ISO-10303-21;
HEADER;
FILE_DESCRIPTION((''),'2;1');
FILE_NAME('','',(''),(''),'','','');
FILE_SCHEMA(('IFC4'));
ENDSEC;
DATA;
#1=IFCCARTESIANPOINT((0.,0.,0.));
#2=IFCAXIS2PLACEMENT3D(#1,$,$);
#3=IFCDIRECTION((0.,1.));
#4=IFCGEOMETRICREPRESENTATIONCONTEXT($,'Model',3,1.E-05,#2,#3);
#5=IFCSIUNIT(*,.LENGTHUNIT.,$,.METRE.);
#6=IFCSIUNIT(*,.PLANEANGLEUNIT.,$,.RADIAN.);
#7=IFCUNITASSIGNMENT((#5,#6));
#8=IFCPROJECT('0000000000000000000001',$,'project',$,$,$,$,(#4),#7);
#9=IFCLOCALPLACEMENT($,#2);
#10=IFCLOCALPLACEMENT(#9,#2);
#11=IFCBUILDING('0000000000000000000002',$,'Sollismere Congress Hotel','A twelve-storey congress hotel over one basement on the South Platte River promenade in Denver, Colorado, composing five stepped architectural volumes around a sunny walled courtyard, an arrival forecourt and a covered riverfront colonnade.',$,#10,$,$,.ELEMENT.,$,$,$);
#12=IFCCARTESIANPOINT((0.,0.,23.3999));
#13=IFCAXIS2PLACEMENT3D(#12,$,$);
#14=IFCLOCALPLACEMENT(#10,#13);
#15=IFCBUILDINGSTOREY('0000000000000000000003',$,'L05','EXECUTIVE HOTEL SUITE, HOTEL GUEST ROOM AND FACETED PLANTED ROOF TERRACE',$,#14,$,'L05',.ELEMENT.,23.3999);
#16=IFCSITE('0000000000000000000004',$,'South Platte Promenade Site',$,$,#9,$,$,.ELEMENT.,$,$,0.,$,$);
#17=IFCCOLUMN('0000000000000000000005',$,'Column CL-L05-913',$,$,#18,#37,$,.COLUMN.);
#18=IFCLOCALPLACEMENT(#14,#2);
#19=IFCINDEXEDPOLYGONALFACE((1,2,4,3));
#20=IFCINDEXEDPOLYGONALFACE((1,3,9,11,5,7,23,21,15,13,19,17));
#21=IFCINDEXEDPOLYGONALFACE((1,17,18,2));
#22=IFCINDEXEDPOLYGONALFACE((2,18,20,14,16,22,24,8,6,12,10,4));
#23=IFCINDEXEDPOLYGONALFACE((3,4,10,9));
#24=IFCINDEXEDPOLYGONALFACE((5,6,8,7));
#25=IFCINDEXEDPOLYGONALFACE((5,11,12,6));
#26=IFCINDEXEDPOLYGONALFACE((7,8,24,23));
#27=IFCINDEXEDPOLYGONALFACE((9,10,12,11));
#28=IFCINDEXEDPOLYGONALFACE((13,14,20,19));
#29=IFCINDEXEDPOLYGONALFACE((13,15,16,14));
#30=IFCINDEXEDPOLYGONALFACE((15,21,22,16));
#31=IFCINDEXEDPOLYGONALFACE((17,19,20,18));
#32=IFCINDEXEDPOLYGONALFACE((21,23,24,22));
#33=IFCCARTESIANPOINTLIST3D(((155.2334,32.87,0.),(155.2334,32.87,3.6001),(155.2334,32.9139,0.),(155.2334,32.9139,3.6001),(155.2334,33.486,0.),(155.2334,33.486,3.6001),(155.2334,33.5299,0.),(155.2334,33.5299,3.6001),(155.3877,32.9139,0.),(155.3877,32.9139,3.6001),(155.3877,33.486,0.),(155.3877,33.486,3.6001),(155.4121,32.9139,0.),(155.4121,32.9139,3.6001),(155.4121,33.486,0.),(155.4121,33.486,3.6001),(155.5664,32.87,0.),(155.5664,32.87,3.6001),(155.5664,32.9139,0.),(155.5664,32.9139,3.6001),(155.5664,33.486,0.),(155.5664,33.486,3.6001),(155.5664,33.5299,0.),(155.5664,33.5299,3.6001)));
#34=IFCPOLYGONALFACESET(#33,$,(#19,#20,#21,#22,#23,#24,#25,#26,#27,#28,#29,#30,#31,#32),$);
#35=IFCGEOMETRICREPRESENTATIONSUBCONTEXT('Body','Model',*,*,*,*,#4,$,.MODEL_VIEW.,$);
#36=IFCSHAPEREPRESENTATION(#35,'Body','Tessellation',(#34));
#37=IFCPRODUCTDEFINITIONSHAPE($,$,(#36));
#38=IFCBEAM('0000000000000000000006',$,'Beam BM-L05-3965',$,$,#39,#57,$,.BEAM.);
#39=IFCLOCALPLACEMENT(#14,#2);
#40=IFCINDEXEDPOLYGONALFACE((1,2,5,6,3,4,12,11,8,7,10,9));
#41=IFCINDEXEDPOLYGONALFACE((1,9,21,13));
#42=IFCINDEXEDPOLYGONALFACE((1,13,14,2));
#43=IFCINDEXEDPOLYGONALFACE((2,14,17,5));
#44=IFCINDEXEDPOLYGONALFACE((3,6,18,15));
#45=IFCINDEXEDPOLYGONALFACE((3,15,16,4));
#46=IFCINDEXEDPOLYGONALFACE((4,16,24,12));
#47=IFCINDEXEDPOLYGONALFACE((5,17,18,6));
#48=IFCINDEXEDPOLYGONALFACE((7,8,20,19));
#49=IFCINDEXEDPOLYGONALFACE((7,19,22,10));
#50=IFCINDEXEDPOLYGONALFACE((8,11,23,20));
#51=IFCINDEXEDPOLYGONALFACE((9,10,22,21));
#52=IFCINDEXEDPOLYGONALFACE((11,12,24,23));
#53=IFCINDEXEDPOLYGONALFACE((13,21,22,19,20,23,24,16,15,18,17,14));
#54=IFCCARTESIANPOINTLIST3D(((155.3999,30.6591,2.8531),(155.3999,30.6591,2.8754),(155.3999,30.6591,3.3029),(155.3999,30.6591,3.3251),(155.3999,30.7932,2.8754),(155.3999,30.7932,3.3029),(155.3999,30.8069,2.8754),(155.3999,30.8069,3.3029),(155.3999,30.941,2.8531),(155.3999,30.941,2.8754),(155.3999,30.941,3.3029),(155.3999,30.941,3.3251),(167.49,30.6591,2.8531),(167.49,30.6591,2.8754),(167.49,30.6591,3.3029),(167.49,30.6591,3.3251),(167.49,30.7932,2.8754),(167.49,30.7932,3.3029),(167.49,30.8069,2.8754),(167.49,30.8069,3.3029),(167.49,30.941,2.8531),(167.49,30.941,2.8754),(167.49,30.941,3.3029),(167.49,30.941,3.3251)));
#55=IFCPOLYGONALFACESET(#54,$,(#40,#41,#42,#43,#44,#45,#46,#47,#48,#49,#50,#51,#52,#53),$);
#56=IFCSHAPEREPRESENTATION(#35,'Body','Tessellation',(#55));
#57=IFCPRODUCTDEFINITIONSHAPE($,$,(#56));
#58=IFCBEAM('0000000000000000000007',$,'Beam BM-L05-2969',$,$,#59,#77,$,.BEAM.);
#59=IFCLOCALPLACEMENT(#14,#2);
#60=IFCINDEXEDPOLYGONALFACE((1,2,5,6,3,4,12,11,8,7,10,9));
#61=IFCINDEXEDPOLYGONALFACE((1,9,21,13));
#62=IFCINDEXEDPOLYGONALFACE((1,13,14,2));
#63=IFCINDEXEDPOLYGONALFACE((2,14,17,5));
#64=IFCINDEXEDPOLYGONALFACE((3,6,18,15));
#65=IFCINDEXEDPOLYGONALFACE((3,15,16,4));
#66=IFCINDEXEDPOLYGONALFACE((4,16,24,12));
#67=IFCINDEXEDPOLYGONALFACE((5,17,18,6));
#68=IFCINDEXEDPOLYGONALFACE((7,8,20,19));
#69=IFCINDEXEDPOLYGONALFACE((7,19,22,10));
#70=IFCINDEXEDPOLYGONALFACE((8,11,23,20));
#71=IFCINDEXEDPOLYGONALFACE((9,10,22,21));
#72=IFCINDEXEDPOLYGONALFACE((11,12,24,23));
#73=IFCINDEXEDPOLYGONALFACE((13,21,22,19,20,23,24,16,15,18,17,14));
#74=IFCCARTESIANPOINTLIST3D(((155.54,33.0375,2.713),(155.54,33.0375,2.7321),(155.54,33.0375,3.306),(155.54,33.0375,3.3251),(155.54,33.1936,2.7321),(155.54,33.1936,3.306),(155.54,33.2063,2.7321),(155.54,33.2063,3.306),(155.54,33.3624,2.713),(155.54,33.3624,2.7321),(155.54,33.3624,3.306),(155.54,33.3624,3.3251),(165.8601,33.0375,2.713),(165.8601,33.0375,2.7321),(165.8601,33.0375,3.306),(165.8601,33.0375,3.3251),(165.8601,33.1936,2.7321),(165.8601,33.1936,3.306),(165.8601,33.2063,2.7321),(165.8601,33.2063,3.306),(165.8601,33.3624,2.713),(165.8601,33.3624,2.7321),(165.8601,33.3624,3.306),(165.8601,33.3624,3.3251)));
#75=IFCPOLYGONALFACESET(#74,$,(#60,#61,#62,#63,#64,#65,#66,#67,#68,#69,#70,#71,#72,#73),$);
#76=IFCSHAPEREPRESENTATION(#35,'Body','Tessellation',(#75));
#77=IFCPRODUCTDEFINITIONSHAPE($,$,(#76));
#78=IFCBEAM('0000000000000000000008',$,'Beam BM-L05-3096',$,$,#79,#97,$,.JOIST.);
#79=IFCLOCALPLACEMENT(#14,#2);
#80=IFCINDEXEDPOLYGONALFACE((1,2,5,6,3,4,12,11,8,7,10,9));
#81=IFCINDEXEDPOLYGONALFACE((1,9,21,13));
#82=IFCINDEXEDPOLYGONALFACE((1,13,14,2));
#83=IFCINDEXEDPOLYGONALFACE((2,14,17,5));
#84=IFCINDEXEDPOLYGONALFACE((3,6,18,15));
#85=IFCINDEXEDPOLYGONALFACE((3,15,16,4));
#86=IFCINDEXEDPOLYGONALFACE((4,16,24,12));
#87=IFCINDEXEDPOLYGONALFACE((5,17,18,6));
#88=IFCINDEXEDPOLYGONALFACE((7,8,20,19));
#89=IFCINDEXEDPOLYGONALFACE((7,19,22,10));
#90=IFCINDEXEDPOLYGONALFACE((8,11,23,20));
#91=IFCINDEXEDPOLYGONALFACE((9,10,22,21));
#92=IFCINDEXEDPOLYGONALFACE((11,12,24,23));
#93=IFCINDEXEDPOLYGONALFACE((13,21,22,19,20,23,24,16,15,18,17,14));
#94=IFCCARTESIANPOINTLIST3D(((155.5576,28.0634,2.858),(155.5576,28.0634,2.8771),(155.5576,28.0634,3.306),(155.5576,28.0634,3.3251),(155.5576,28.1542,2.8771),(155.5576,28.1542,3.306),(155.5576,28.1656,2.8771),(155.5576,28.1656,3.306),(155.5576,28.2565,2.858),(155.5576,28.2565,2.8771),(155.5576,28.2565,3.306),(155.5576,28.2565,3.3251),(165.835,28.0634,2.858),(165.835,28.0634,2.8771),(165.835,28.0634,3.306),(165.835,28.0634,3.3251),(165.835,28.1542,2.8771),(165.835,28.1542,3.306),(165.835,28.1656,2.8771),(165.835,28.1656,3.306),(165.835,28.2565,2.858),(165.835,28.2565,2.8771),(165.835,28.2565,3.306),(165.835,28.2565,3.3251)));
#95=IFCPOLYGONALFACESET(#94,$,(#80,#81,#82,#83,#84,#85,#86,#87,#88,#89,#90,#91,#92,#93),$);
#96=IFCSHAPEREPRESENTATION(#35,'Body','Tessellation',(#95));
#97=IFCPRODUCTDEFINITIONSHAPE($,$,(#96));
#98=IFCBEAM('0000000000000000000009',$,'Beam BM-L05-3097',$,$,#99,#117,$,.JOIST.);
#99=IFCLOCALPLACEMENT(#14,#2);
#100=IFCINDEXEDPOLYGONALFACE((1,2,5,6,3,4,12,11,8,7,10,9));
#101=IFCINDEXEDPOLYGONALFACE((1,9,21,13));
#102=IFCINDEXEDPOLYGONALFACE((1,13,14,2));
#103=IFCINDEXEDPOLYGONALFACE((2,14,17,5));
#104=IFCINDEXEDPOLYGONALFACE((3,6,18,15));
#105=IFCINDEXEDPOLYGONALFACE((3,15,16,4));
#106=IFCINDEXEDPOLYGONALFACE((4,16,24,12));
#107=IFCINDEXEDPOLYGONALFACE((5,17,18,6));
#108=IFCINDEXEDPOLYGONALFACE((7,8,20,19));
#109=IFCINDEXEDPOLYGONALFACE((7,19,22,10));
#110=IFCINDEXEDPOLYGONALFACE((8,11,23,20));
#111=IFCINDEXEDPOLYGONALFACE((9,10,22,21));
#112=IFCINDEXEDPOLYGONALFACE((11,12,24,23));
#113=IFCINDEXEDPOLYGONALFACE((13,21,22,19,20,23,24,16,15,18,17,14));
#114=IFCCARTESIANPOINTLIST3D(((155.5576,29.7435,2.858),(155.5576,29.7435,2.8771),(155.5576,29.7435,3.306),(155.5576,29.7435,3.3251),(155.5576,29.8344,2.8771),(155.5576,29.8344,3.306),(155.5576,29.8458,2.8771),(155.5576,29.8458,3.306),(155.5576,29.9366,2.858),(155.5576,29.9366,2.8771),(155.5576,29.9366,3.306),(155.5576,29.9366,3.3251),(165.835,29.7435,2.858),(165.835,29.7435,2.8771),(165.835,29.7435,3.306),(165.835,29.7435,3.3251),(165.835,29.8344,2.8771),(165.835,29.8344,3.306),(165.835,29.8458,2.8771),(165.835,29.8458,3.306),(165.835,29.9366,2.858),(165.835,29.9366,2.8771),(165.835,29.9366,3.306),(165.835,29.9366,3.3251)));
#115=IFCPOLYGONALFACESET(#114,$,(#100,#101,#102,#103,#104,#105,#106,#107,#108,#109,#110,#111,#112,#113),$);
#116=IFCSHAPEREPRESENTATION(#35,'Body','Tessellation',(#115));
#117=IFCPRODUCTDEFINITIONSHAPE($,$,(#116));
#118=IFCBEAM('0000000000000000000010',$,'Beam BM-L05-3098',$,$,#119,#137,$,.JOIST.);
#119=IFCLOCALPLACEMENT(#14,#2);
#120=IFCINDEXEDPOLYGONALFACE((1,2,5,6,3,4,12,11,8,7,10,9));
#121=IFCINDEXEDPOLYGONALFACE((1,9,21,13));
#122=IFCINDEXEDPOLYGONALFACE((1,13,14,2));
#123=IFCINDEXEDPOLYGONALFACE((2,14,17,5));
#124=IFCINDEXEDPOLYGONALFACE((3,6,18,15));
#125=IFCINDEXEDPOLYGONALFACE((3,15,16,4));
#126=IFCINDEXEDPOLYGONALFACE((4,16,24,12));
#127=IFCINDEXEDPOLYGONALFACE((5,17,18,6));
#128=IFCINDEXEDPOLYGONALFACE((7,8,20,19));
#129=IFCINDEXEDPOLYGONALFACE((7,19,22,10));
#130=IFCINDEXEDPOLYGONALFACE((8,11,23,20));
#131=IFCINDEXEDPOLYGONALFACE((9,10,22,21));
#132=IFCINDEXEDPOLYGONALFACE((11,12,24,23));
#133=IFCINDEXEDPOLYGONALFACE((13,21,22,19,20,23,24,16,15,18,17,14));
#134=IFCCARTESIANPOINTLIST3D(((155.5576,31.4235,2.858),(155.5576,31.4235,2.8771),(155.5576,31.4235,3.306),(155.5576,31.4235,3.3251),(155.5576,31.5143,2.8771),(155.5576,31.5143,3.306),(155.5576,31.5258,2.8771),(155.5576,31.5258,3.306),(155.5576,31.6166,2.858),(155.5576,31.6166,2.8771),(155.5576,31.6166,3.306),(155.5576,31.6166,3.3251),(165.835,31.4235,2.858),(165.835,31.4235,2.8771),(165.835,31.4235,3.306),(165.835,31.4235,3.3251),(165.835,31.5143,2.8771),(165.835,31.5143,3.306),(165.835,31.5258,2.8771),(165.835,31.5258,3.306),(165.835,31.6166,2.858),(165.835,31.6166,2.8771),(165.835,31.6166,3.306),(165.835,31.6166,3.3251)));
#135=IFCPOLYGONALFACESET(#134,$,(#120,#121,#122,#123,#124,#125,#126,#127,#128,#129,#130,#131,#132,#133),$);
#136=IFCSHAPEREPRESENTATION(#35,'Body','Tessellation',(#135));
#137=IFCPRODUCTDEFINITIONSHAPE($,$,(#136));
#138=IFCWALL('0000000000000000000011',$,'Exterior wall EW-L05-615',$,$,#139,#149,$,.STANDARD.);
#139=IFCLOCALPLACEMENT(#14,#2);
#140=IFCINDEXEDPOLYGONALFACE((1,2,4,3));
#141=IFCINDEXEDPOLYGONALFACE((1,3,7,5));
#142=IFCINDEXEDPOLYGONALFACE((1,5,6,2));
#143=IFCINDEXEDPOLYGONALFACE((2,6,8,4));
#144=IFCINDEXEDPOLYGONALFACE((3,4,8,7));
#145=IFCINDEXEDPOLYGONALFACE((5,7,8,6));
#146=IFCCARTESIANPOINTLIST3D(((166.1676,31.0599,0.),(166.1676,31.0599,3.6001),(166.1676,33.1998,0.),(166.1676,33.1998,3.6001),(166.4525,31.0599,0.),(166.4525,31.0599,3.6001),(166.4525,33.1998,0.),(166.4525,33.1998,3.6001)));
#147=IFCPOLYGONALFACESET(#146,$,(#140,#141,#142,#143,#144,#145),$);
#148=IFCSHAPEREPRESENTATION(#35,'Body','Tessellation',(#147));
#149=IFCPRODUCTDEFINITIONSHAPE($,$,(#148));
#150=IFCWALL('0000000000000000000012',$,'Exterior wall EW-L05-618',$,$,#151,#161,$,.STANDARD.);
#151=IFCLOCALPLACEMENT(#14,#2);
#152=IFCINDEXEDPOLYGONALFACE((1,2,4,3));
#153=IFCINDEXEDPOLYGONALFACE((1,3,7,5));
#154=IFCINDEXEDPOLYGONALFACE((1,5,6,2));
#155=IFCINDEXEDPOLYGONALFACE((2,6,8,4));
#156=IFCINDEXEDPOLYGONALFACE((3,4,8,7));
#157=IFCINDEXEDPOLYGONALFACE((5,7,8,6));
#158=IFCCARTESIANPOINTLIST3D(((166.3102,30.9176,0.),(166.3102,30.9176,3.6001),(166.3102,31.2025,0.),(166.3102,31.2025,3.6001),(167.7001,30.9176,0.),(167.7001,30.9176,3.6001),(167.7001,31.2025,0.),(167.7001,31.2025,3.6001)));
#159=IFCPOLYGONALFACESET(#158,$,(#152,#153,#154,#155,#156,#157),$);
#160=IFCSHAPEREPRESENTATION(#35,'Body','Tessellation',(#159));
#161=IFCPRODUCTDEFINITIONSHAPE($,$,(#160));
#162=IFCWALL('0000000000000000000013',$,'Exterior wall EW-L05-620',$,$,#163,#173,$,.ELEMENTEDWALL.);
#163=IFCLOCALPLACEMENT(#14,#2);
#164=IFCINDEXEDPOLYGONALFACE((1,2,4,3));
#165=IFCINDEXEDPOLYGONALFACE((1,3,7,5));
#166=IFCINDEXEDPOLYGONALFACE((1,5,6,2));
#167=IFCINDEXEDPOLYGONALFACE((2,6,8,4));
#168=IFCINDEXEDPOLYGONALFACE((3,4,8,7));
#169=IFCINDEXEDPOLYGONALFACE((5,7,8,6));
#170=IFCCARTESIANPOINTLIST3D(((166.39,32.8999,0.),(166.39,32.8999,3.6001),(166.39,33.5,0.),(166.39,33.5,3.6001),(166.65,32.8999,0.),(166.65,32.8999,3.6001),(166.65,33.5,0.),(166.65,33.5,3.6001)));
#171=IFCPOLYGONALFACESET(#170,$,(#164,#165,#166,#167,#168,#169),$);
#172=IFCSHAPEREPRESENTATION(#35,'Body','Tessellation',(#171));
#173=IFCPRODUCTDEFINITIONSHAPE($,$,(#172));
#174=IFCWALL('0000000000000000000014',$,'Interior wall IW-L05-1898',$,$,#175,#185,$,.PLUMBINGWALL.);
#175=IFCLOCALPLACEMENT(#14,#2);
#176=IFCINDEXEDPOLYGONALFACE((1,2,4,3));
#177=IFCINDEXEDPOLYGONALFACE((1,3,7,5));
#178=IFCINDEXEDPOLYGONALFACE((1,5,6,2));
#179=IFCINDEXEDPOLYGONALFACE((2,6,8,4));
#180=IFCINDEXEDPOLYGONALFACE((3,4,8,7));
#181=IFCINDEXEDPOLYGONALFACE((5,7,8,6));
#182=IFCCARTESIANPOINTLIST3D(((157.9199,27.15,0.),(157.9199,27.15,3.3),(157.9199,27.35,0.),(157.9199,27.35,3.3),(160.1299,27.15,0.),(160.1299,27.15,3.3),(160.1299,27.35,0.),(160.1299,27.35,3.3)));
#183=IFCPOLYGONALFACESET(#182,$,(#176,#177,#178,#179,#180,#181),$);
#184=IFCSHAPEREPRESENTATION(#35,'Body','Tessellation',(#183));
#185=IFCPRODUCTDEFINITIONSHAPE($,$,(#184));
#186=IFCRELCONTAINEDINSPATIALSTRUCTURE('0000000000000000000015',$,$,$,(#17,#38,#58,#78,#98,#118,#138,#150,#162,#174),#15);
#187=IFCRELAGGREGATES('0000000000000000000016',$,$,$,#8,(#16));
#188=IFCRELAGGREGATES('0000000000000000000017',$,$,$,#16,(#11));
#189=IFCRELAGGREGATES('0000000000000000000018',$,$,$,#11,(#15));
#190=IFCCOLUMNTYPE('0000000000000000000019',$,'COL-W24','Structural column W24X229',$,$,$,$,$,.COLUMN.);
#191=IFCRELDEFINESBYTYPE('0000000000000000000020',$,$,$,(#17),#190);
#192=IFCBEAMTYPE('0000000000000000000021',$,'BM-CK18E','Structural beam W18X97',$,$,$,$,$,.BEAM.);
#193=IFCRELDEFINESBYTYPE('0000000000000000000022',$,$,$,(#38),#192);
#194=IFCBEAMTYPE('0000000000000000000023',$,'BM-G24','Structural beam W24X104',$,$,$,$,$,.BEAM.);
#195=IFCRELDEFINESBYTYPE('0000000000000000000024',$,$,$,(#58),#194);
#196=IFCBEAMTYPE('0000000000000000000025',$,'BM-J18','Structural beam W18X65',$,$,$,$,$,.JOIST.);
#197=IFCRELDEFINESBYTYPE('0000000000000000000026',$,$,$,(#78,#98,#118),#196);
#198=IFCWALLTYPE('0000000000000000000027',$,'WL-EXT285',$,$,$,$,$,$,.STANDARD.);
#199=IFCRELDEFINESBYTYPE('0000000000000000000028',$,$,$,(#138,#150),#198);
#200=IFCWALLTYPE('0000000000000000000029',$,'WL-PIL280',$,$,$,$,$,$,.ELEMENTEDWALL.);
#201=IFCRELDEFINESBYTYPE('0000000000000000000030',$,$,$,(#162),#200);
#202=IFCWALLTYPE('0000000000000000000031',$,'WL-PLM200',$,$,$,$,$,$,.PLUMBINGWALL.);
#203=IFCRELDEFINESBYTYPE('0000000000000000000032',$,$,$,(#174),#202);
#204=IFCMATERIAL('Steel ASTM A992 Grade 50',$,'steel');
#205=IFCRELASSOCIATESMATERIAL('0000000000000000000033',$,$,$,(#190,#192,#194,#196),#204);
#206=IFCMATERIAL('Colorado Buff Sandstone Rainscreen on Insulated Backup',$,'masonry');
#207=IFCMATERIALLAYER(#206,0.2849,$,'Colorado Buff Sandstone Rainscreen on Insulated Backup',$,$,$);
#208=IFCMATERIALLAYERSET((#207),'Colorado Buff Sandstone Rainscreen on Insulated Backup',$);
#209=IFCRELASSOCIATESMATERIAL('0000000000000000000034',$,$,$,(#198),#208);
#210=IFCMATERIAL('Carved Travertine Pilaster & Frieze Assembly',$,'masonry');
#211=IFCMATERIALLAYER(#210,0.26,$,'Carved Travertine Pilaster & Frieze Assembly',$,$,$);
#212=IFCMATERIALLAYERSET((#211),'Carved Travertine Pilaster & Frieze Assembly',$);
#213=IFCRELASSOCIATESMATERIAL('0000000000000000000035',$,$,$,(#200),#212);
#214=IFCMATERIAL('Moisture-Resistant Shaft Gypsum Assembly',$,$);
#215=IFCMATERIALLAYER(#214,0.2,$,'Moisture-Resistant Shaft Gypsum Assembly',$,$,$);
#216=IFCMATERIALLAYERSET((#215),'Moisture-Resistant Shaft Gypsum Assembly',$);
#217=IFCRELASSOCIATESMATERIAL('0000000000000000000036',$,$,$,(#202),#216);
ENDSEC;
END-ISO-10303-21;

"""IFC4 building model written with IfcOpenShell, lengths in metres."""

from ifc_helpers import new_model, si_unit, direction, frame, frame_2d, origin, origin_2d, place, context, subcontext, project, spatial, rectangle, i_section, extrude, material, layer, layer_set, material_profile, profile_set, type_object, element, save


model = new_model("IFC4")

# Units and contexts
model_context = context("Model", 3, precision=1e-05, world=origin(), true_north=direction((0.0, 1.0)))
body_context = subcontext(model_context, "Body", "Model", "MODEL_VIEW")
ifc_project = project(units=[si_unit("LENGTHUNIT", "METRE"), si_unit("PLANEANGLEUNIT", "RADIAN")], contexts=[model_context])

# Site, building, storey
site_placement = place(None, origin())
site = spatial("IfcSite", under=ifc_project, at=site_placement, Name="South Platte Promenade Site", CompositionType="ELEMENT", RefElevation=0.0)
building_placement = place(site_placement, origin())
building = spatial("IfcBuilding", under=site, at=building_placement, Name="Sollismere Congress Hotel", Description="A twelve-storey congress hotel over one basement on the South Platte River promenade in Denver, Colorado, composing five stepped architectural volumes around a sunny walled courtyard, an arrival forecourt and a covered riverfront colonnade.", CompositionType="ELEMENT")
storey_placement = place(building_placement, frame((0.0, 0.0, 23.3999)))
storey = spatial("IfcBuildingStorey", under=building, at=storey_placement, Name="L05", Description="EXECUTIVE HOTEL SUITE, HOTEL GUEST ROOM AND FACETED PLANTED ROOF TERRACE", LongName="L05", CompositionType="ELEMENT", Elevation=23.3999)

# Column
ifc_material_1 = material(Name="Steel ASTM A992 Grade 50", Category="steel")
ifc_material_profile_1 = material_profile(ifc_material_1, i_section(OverallWidth=0.333, OverallDepth=0.6599, WebThickness=0.0244, FlangeThickness=0.0439, at=origin_2d()), Name="W24X229")
ifc_profile_set_1 = profile_set([ifc_material_profile_1], Name="Steel ASTM A992 Grade 50")
column_type = type_object("IfcColumnType", Name="COL-W24", Description="Structural column W24X229", PredefinedType="COLUMN", material=ifc_profile_set_1)
column_placement = place(storey_placement, frame((155.3999, 33.2, 0.0), z_axis=(0.0, 0.0, 1.0), x_axis=(1.0, 0.0, 0.0)))
element("IfcColumn", 1, at=column_placement, inside=storey, type_object=column_type, Name="Column CL-L05-913", PredefinedType="COLUMN", context=body_context, shape_type="SweptSolid", body=[
    extrude(i_section(OverallWidth=0.333, OverallDepth=0.6599, WebThickness=0.0244, FlangeThickness=0.0439, at=origin_2d()), origin(), (0.0, 0.0, 1.0), 3.6001),
])

# Beams
ifc_material_profile_2 = material_profile(ifc_material_1, i_section(OverallWidth=0.282, OverallDepth=0.4719, WebThickness=0.0137, FlangeThickness=0.0222, at=origin_2d()), Name="W18X97")
ifc_profile_set_2 = profile_set([ifc_material_profile_2], Name="Steel ASTM A992 Grade 50")
beam_type_1 = type_object("IfcBeamType", Name="BM-CK18E", Description="Structural beam W18X97", PredefinedType="BEAM", material=ifc_profile_set_2)
beam_1_placement = place(storey_placement, frame((155.3999, 30.8, 3.0891), z_axis=(1.0, 0.0, 0.0), x_axis=(0.0, 1.0, 0.0)))
element("IfcBeam", 2, at=beam_1_placement, inside=storey, type_object=beam_type_1, Name="Beam BM-L05-3965", PredefinedType="BEAM", context=body_context, shape_type="SweptSolid", body=[
    extrude(i_section(OverallWidth=0.282, OverallDepth=0.4719, WebThickness=0.0137, FlangeThickness=0.0222, at=origin_2d()), origin(), (0.0, 0.0, 1.0), 12.0901),
])
ifc_material_profile_3 = material_profile(ifc_material_1, i_section(OverallWidth=0.325, OverallDepth=0.6121, WebThickness=0.0127, FlangeThickness=0.019, at=origin_2d()), Name="W24X104")
ifc_profile_set_3 = profile_set([ifc_material_profile_3], Name="Steel ASTM A992 Grade 50")
beam_type_2 = type_object("IfcBeamType", Name="BM-G24", Description="Structural beam W24X104", PredefinedType="BEAM", material=ifc_profile_set_3)
beam_2_placement = place(storey_placement, frame((155.54, 33.2, 3.019), z_axis=(1.0, 0.0, 0.0), x_axis=(0.0, 1.0, 0.0)))
element("IfcBeam", 3, at=beam_2_placement, inside=storey, type_object=beam_type_2, Name="Beam BM-L05-2969", PredefinedType="BEAM", context=body_context, shape_type="SweptSolid", body=[
    extrude(i_section(OverallWidth=0.325, OverallDepth=0.6121, WebThickness=0.0127, FlangeThickness=0.019, at=origin_2d()), origin(), (0.0, 0.0, 1.0), 10.3201),
])
ifc_material_profile_4 = material_profile(ifc_material_1, i_section(OverallWidth=0.1931, OverallDepth=0.467, WebThickness=0.0115, FlangeThickness=0.019, at=origin_2d()), Name="W18X65")
ifc_profile_set_4 = profile_set([ifc_material_profile_4], Name="Steel ASTM A992 Grade 50")
beam_type_3 = type_object("IfcBeamType", Name="BM-J18", Description="Structural beam W18X65", PredefinedType="JOIST", material=ifc_profile_set_4)
for number, where, z_axis, x_axis, name in (
    (4, (155.5576, 28.1599, 3.0916), (1.0, 0.0, 0.0), (0.0, 1.0, 0.0), "Beam BM-L05-3096"),
    (5, (155.5576, 29.8401, 3.0916), (1.0, 0.0, 0.0), (0.0, 1.0, 0.0), "Beam BM-L05-3097"),
    (6, (155.5576, 31.52, 3.0916), (1.0, 0.0, 0.0), (0.0, 1.0, 0.0), "Beam BM-L05-3098"),
):
    element("IfcBeam", number, at=place(storey_placement, frame(where, z_axis=z_axis, x_axis=x_axis)), inside=storey, type_object=beam_type_3, Name=name, PredefinedType="JOIST", context=body_context, shape_type="SweptSolid", body=[
        extrude(i_section(OverallWidth=0.1931, OverallDepth=0.467, WebThickness=0.0115, FlangeThickness=0.019, at=origin_2d()), origin(), (0.0, 0.0, 1.0), 10.2773),
    ])

# Walls
ifc_material_2 = material(Name="Colorado Buff Sandstone Rainscreen on Insulated Backup", Category="masonry")
ifc_layer_1 = layer(ifc_material_2, 0.2849, Name="Colorado Buff Sandstone Rainscreen on Insulated Backup")
ifc_layer_set_1 = layer_set([ifc_layer_1], Name="Colorado Buff Sandstone Rainscreen on Insulated Backup")
wall_type_1 = type_object("IfcWallType", Name="WL-EXT285", PredefinedType="STANDARD", material=ifc_layer_set_1)
wall_1_placement = place(storey_placement, frame((166.3101, 31.0601, 0.0), z_axis=(0.0, 0.0, 1.0), x_axis=(0.0, 1.0, 0.0)))
element("IfcWall", 7, at=wall_1_placement, inside=storey, type_object=wall_type_1, Name="Exterior wall EW-L05-615", PredefinedType="STANDARD", context=body_context, shape_type="SweptSolid", body=[
    extrude(rectangle(XDim=2.1399, YDim=0.2849, at=frame_2d((1.0698, 0.0))), origin(), (0.0, 0.0, 1.0), 3.6001),
])
wall_2_placement = place(storey_placement, frame((167.7, 31.0601, 0.0), z_axis=(0.0, 0.0, 1.0), x_axis=(-1.0, 0.0, 0.0)))
element("IfcWall", 8, at=wall_2_placement, inside=storey, type_object=wall_type_1, Name="Exterior wall EW-L05-618", PredefinedType="STANDARD", context=body_context, shape_type="SweptSolid", body=[
    extrude(rectangle(XDim=1.3899, YDim=0.2849, at=frame_2d((0.6948, 0.0))), origin(), (0.0, 0.0, 1.0), 3.6001),
])
ifc_material_3 = material(Name="Carved Travertine Pilaster & Frieze Assembly", Category="masonry")
ifc_layer_2 = layer(ifc_material_3, 0.26, Name="Carved Travertine Pilaster & Frieze Assembly")
ifc_layer_set_2 = layer_set([ifc_layer_2], Name="Carved Travertine Pilaster & Frieze Assembly")
wall_type_2 = type_object("IfcWallType", Name="WL-PIL280", PredefinedType="ELEMENTEDWALL", material=ifc_layer_set_2)
wall_3_placement = place(storey_placement, frame((166.52, 32.8999, 0.0), z_axis=(0.0, 0.0, 1.0), x_axis=(0.0, 1.0, 0.0)))
element("IfcWall", 9, at=wall_3_placement, inside=storey, type_object=wall_type_2, Name="Exterior wall EW-L05-620", PredefinedType="ELEMENTEDWALL", context=body_context, shape_type="SweptSolid", body=[
    extrude(rectangle(XDim=0.6001, YDim=0.26, at=frame_2d((0.3, 0.0))), origin(), (0.0, 0.0, 1.0), 3.6001),
])
ifc_material_4 = material(Name="Moisture-Resistant Shaft Gypsum Assembly")
ifc_layer_3 = layer(ifc_material_4, 0.2, Name="Moisture-Resistant Shaft Gypsum Assembly")
ifc_layer_set_3 = layer_set([ifc_layer_3], Name="Moisture-Resistant Shaft Gypsum Assembly")
wall_type_3 = type_object("IfcWallType", Name="WL-PLM200", PredefinedType="PLUMBINGWALL", material=ifc_layer_set_3)
wall_4_placement = place(storey_placement, frame((157.9199, 27.25, 0.0), z_axis=(0.0, 0.0, 1.0), x_axis=(1.0, 0.0, 0.0)))
element("IfcWall", 10, at=wall_4_placement, inside=storey, type_object=wall_type_3, Name="Interior wall IW-L05-1898", PredefinedType="PLUMBINGWALL", context=body_context, shape_type="SweptSolid", body=[
    extrude(rectangle(XDim=2.21, YDim=0.2, at=frame_2d((1.105, 0.0))), origin(), (0.0, 0.0, 1.0), 3.3),
])

save(model, "model.ifc")
